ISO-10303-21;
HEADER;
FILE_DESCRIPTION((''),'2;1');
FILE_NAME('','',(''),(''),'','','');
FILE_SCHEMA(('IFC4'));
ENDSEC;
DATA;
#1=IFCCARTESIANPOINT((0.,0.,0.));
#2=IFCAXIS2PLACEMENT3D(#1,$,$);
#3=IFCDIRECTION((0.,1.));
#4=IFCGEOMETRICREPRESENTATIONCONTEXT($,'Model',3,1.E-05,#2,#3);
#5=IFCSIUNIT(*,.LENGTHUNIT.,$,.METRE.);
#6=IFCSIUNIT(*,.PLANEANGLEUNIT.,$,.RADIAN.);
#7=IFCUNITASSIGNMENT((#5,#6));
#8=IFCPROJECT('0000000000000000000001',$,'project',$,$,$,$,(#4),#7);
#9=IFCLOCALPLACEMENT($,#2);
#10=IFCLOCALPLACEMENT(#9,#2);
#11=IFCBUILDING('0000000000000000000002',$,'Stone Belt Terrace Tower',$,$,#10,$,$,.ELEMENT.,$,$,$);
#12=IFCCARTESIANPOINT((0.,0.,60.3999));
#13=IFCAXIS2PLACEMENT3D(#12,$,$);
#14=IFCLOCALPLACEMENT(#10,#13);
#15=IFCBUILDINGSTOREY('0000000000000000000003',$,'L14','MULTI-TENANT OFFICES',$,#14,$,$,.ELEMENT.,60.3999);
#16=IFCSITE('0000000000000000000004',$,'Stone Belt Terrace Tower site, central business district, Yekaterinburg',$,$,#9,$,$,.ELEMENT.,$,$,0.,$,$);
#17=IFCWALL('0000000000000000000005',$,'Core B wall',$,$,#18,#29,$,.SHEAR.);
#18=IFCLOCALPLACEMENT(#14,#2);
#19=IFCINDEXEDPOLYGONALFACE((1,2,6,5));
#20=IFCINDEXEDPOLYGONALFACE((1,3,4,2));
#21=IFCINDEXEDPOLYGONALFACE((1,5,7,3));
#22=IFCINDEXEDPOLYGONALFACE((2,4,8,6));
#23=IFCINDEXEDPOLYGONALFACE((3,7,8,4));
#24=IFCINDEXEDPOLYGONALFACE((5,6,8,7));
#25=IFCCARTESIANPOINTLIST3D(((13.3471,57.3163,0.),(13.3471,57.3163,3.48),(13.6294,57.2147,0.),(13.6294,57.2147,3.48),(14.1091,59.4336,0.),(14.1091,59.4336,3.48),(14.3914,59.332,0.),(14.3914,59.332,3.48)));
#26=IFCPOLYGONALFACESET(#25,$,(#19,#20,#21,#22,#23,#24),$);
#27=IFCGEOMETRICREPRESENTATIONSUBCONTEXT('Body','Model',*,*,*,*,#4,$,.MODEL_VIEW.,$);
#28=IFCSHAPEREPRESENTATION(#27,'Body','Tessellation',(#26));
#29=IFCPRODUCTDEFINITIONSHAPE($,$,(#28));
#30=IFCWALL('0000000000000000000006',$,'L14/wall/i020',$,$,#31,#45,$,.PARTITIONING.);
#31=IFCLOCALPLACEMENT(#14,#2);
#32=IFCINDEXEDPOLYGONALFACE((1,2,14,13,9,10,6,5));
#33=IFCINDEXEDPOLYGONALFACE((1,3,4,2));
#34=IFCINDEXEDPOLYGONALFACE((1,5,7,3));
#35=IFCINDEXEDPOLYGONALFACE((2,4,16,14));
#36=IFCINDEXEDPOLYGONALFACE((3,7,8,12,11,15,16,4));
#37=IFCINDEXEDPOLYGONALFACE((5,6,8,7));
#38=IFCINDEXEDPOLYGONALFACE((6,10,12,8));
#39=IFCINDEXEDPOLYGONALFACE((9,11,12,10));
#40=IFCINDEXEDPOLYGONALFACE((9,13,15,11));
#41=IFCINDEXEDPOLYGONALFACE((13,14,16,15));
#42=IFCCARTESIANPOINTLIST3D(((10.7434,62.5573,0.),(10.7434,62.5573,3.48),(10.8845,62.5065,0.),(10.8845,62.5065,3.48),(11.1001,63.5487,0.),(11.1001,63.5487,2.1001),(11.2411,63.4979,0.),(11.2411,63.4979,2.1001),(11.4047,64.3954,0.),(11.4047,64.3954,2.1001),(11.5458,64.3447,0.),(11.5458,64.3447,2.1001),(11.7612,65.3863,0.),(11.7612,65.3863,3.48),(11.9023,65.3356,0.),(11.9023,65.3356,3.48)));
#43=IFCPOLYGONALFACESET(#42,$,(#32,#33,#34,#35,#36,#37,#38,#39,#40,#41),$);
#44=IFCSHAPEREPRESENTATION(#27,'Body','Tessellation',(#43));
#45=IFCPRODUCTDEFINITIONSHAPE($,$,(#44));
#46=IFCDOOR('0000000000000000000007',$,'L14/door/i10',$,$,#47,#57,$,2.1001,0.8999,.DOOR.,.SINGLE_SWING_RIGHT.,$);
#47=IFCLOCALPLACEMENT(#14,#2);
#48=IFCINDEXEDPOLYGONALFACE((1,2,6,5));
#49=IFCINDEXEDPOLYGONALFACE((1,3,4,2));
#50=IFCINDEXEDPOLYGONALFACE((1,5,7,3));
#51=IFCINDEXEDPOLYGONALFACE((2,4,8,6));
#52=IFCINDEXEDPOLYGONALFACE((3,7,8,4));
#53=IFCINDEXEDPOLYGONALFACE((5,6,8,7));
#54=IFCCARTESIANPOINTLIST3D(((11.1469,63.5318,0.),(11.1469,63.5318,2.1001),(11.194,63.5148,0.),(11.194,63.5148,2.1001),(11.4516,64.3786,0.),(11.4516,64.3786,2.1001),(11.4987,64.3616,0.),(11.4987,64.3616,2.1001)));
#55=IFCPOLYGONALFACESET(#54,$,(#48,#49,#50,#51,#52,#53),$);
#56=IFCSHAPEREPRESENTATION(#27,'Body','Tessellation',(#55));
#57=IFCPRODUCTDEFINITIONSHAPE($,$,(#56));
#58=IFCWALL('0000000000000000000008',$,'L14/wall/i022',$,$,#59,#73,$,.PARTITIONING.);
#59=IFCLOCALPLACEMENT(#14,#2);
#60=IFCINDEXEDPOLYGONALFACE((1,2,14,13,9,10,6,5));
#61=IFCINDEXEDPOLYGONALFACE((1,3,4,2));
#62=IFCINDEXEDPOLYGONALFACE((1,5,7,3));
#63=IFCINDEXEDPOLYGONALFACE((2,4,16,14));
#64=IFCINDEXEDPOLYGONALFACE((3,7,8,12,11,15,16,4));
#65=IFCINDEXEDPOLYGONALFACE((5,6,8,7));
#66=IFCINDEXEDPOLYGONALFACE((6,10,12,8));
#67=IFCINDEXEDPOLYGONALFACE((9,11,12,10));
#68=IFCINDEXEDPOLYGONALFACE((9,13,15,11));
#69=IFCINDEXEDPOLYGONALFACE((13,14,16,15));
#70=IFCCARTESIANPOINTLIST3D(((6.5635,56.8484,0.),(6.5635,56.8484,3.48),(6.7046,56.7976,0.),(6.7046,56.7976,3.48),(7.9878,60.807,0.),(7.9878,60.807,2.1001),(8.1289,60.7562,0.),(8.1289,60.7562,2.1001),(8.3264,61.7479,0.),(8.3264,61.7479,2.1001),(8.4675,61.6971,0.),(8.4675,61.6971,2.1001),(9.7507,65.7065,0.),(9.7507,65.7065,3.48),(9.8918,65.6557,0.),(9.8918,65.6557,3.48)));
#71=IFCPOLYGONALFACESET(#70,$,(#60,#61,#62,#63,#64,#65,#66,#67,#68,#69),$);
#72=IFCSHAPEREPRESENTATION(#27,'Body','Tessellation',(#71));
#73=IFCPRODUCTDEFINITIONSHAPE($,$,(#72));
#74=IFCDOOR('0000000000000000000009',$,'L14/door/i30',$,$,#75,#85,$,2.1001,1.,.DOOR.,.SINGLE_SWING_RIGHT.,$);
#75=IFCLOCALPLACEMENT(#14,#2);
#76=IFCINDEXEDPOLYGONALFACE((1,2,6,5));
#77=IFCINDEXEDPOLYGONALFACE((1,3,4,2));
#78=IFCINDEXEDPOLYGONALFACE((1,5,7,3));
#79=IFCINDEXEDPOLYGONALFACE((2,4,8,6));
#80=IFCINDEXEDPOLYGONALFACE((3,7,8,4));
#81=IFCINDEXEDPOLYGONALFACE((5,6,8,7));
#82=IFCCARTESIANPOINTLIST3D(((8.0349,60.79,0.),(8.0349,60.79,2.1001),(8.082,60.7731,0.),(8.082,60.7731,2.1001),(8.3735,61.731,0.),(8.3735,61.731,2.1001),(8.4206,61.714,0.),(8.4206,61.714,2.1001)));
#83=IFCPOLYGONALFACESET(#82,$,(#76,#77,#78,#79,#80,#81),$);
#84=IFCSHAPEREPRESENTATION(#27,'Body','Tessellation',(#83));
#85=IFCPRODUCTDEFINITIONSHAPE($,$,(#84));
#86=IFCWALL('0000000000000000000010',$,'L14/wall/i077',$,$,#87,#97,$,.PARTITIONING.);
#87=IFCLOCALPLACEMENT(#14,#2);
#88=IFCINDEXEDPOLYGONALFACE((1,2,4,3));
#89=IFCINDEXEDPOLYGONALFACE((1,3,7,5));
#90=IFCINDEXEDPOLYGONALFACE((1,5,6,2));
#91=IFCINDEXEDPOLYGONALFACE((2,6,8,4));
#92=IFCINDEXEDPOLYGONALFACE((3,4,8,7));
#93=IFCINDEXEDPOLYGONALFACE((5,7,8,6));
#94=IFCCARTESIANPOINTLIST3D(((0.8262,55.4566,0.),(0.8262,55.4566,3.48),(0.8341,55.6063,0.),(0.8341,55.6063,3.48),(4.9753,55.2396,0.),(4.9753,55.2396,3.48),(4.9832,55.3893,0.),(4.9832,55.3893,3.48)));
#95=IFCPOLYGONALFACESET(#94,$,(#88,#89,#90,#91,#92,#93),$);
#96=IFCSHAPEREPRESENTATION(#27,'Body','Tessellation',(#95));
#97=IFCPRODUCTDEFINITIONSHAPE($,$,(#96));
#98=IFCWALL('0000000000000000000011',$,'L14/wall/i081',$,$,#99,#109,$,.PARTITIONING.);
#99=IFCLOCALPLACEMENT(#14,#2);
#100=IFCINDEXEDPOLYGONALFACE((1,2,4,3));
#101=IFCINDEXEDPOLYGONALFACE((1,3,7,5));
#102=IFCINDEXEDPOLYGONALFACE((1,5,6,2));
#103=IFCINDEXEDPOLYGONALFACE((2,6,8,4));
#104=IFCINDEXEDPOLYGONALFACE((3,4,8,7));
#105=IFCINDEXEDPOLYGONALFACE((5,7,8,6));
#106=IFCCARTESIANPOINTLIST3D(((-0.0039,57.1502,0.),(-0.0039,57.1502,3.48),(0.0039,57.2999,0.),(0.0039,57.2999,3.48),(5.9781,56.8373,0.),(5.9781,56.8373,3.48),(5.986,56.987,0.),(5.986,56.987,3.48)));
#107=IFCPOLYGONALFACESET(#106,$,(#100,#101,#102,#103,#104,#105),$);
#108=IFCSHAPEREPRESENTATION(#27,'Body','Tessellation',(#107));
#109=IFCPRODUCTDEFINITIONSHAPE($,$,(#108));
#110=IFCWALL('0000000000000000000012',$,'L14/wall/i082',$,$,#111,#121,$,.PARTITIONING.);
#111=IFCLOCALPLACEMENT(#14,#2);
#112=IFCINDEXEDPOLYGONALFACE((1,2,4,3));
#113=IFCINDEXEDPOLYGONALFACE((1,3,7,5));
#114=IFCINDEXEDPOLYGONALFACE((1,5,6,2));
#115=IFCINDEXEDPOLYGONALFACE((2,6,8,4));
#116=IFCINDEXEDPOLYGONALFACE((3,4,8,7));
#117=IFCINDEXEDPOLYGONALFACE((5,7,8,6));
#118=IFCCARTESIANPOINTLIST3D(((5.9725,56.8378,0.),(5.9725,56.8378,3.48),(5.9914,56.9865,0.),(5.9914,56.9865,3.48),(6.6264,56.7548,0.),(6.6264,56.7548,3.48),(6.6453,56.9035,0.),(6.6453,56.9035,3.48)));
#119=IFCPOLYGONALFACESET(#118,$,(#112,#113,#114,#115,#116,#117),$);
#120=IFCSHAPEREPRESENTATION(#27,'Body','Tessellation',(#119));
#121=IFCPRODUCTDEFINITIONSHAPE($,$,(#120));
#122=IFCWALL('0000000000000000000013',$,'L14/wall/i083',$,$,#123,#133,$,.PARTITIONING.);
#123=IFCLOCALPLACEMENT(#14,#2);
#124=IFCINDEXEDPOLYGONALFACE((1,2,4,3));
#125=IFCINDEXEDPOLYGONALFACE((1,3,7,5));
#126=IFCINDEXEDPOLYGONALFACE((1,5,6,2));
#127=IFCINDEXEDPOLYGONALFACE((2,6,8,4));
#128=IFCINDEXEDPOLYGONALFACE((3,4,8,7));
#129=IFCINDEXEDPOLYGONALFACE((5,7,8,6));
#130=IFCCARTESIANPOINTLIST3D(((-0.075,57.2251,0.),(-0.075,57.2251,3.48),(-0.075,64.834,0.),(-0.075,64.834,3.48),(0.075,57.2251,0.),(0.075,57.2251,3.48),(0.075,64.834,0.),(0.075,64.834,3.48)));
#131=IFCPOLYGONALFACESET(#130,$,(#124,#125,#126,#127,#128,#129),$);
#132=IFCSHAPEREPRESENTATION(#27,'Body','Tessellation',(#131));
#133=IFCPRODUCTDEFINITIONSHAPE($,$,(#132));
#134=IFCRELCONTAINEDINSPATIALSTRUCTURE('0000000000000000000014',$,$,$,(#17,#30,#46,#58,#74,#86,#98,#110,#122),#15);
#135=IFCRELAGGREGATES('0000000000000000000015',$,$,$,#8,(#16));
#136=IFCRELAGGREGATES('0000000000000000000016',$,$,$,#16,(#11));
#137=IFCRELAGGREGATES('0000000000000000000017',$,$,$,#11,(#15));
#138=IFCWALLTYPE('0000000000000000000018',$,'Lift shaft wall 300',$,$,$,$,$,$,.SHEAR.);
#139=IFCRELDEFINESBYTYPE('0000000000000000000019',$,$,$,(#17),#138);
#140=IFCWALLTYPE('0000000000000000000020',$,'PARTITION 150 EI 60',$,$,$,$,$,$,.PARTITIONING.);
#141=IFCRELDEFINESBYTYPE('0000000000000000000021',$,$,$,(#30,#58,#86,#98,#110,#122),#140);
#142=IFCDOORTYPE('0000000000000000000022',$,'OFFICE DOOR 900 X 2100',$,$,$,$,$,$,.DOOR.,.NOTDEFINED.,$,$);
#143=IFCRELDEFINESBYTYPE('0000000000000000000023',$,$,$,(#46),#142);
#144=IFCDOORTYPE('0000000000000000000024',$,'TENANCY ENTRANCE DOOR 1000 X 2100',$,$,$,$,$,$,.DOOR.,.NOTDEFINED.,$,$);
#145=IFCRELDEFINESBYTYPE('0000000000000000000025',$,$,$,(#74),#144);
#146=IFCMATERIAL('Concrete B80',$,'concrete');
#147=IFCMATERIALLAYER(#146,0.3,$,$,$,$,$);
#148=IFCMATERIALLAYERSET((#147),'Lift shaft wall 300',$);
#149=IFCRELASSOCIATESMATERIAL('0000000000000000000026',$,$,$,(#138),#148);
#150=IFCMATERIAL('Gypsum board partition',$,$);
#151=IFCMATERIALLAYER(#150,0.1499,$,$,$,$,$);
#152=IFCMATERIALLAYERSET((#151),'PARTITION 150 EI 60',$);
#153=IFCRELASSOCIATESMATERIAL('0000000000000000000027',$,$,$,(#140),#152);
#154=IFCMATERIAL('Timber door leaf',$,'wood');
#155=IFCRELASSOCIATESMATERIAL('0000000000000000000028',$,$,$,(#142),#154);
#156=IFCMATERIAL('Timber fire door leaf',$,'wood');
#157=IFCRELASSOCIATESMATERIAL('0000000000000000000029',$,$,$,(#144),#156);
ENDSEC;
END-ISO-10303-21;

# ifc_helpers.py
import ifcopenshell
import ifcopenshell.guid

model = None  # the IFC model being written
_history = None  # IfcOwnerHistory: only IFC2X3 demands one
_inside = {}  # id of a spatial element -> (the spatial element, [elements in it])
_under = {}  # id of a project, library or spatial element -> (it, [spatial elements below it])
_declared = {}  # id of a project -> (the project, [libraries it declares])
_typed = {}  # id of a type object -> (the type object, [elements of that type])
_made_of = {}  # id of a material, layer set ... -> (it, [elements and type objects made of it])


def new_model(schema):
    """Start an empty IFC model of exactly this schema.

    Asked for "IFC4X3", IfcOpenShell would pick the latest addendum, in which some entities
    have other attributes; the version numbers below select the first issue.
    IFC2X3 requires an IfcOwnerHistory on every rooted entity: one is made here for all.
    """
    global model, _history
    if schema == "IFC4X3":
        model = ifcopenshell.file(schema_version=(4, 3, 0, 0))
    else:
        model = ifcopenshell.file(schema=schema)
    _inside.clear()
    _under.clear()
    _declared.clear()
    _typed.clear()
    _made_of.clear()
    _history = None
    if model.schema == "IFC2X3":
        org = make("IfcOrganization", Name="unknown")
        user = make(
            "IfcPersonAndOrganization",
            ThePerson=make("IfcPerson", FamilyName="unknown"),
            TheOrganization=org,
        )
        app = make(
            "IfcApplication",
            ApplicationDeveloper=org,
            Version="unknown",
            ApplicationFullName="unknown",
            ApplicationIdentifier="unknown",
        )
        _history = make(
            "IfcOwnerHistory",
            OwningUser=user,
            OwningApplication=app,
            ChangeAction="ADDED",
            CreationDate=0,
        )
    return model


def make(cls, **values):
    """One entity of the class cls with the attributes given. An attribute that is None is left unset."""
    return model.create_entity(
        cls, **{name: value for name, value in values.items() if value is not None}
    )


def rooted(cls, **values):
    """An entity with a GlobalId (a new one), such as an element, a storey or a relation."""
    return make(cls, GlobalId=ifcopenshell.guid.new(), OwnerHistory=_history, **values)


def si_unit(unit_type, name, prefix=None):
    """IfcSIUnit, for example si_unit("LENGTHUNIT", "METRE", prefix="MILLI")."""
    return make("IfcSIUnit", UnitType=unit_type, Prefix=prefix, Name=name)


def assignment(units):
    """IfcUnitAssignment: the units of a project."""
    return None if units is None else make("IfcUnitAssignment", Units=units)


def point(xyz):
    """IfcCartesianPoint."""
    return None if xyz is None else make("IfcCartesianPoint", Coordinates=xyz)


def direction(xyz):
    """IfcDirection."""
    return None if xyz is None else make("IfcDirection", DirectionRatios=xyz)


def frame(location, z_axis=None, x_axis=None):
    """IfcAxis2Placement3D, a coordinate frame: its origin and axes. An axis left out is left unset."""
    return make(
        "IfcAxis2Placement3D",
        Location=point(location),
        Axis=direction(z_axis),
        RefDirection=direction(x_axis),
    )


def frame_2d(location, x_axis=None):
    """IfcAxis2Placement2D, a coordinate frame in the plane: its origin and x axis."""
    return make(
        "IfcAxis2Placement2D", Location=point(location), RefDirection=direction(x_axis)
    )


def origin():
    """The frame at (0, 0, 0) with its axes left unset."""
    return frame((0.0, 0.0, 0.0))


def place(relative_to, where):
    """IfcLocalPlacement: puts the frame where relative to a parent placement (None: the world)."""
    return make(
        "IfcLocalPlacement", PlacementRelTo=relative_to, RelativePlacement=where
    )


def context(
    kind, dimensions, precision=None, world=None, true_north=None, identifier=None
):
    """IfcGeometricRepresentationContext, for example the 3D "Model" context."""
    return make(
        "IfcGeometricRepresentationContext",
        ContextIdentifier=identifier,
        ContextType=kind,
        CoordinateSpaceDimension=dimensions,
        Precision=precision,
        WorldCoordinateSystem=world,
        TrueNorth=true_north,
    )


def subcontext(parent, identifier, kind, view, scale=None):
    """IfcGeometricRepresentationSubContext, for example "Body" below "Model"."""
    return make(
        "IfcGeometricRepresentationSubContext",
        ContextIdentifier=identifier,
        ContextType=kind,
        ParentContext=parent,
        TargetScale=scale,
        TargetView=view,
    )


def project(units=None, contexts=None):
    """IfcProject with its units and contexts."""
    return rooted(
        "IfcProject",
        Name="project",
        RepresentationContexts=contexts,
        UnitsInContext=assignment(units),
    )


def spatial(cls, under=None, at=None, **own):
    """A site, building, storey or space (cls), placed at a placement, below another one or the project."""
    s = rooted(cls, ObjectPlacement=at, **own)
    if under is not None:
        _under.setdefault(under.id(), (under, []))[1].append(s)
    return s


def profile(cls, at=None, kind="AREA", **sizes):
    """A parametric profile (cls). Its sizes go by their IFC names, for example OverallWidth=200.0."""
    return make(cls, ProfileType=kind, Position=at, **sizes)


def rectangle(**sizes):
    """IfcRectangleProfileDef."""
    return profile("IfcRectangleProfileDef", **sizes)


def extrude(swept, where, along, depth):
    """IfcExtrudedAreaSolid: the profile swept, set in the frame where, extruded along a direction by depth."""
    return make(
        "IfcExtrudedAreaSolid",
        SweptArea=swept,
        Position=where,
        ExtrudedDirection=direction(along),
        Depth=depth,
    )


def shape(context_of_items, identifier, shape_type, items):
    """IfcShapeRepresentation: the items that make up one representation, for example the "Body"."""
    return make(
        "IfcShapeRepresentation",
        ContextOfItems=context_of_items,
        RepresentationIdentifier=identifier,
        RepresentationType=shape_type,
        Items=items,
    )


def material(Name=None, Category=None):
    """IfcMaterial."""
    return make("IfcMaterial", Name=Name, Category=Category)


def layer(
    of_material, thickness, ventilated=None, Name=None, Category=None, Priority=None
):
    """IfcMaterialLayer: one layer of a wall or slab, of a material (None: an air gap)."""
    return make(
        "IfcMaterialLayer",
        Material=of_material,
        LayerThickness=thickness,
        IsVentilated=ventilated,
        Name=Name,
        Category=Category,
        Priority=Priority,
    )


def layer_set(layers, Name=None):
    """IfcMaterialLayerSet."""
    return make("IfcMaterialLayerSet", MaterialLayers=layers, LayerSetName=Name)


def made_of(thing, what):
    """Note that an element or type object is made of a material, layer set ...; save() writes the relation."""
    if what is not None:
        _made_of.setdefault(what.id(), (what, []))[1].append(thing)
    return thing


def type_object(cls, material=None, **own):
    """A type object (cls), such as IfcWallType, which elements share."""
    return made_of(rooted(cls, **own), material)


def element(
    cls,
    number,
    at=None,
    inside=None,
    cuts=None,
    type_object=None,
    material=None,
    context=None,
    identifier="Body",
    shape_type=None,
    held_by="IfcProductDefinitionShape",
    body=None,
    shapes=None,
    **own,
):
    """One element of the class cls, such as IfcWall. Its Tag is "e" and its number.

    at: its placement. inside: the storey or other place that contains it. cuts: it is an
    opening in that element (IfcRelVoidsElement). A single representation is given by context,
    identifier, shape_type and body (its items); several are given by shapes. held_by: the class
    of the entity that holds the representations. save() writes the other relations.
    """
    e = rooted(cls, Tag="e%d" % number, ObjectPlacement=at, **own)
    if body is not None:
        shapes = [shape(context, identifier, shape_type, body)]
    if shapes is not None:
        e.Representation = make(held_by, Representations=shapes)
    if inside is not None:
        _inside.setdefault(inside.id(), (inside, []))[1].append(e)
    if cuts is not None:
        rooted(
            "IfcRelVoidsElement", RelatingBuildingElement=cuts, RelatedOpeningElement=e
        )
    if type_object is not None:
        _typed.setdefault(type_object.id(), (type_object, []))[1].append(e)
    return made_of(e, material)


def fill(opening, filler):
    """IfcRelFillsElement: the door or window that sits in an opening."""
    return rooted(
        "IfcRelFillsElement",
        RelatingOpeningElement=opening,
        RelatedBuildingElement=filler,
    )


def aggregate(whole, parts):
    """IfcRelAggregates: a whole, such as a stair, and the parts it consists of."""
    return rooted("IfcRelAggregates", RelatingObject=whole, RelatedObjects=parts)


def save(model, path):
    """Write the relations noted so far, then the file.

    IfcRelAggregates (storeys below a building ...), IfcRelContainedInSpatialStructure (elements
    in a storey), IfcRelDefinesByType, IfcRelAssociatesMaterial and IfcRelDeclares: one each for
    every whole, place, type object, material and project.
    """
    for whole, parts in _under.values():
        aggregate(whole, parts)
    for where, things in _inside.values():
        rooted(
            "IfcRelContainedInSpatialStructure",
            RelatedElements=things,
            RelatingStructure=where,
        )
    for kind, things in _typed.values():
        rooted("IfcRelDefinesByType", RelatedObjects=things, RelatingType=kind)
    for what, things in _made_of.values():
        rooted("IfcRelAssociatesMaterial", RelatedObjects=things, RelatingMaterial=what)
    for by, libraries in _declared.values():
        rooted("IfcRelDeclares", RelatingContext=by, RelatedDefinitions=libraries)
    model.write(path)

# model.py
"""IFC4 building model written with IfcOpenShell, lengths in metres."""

from ifc_helpers import new_model, si_unit, direction, frame, frame_2d, origin, place, context, subcontext, project, spatial, rectangle, extrude, material, layer, layer_set, type_object, element, fill, save


model = new_model("IFC4")

# Units and contexts
model_context = context("Model", 3, precision=1e-05, world=origin(), true_north=direction((0.0, 1.0)))
body_context = subcontext(model_context, "Body", "Model", "MODEL_VIEW")
ifc_project = project(units=[si_unit("LENGTHUNIT", "METRE"), si_unit("PLANEANGLEUNIT", "RADIAN")], contexts=[model_context])

# Site, building, storey
site_placement = place(None, origin())
site = spatial("IfcSite", under=ifc_project, at=site_placement, Name="Stone Belt Terrace Tower site, central business district, Yekaterinburg", CompositionType="ELEMENT", RefElevation=0.0)
building_placement = place(site_placement, origin())
building = spatial("IfcBuilding", under=site, at=building_placement, Name="Stone Belt Terrace Tower", CompositionType="ELEMENT")
storey_placement = place(building_placement, frame((0.0, 0.0, 60.3999)))
storey = spatial("IfcBuildingStorey", under=building, at=storey_placement, Name="L14", Description="MULTI-TENANT OFFICES", CompositionType="ELEMENT", Elevation=60.3999)

# Shared definitions
ifc_material_1 = material(Name="Concrete B80", Category="concrete")

# Wall
ifc_layer_1 = layer(ifc_material_1, 0.3)
ifc_layer_set_1 = layer_set([ifc_layer_1], Name="Lift shaft wall 300")
wall_type_1 = type_object("IfcWallType", Name="Lift shaft wall 300", PredefinedType="SHEAR", material=ifc_layer_set_1)
wall_1_placement = place(storey_placement, frame((13.4883, 57.2656, 0.0), z_axis=(0.0, 0.0, 1.0), x_axis=(0.338631, 0.940919, 0.0)))
element("IfcWall", 1, at=wall_1_placement, inside=storey, type_object=wall_type_1, Name="Core B wall", PredefinedType="SHEAR", context=body_context, shape_type="SweptSolid", body=[
    extrude(rectangle(XDim=2.2502, YDim=0.3, at=frame_2d((1.125, 0.0))), origin(), (0.0, 0.0, 1.0), 3.48),
])

# Walls, openings, doors
ifc_material_2 = material(Name="Gypsum board partition")
ifc_layer_2 = layer(ifc_material_2, 0.1499)
ifc_layer_set_2 = layer_set([ifc_layer_2], Name="PARTITION 150 EI 60")
wall_type_2 = type_object("IfcWallType", Name="PARTITION 150 EI 60", PredefinedType="PARTITIONING", material=ifc_layer_set_2)
wall_2_placement = place(storey_placement, frame((11.8318, 65.3611, 0.0), z_axis=(0.0, 0.0, 1.0), x_axis=(-0.338527, -0.940957, 0.0)))
wall_2 = element("IfcWall", 2, at=wall_2_placement, inside=storey, type_object=wall_type_2, Name="L14/wall/i020", PredefinedType="PARTITIONING", context=body_context, shape_type="SweptSolid", body=[
    extrude(rectangle(XDim=3.0066, YDim=0.1499, at=frame_2d((1.5034, 0.0))), origin(), (0.0, 0.0, 1.0), 3.48),
])
opening_1_placement = place(wall_2_placement, frame((1.0532, 0.0, 0.0)))
opening_1 = element("IfcOpeningElement", 3, at=opening_1_placement, cuts=wall_2, PredefinedType="OPENING", context=body_context, shape_type="SweptSolid", body=[
    extrude(rectangle(XDim=0.8999, YDim=2.1001, at=frame_2d((0.45, 1.05))), frame((0.0, 0.085, 0.0), z_axis=(0.0, -1.0, 0.0), x_axis=(1.0, 0.0, 0.0)), (0.0, 0.0, 1.0), 0.1699),
])
ifc_material_3 = material(Name="Timber door leaf", Category="wood")
door_type_1 = type_object("IfcDoorType", Name="OFFICE DOOR 900 X 2100", OperationType="NOTDEFINED", PredefinedType="DOOR", material=ifc_material_3)
door_1_placement = place(opening_1_placement, origin())
door_1 = element("IfcDoor", 4, at=door_1_placement, inside=storey, type_object=door_type_1, Name="L14/door/i10", OperationType="SINGLE_SWING_RIGHT", OverallHeight=2.1001, OverallWidth=0.8999, PredefinedType="DOOR", context=body_context, shape_type="SweptSolid", body=[
    extrude(rectangle(XDim=0.8999, YDim=2.1001, at=frame_2d((0.45, 1.05))), frame((0.0, 0.0249, 0.0), z_axis=(0.0, -1.0, 0.0), x_axis=(1.0, 0.0, 0.0)), (0.0, 0.0, 1.0), 0.05),
])
fill(opening_1, door_1)
wall_3_placement = place(storey_placement, frame((6.634, 56.823, 0.0), z_axis=(0.0, 0.0, 1.0), x_axis=(0.338562, 0.940944, 0.0)))
wall_3 = element("IfcWall", 5, at=wall_3_placement, inside=storey, type_object=wall_type_2, Name="L14/wall/i022", PredefinedType="PARTITIONING", context=body_context, shape_type="SweptSolid", body=[
    extrude(rectangle(XDim=9.4141, YDim=0.1499, at=frame_2d((4.707, 0.0))), origin(), (0.0, 0.0, 1.0), 3.48),
])
opening_2_placement = place(wall_3_placement, frame((4.207, 0.0, 0.0)))
opening_2 = element("IfcOpeningElement", 6, at=opening_2_placement, cuts=wall_3, PredefinedType="OPENING", context=body_context, shape_type="SweptSolid", body=[
    extrude(rectangle(XDim=1.0, YDim=2.1001, at=frame_2d((0.5, 1.05))), frame((0.0, 0.085, 0.0), z_axis=(0.0, -1.0, 0.0), x_axis=(1.0, 0.0, 0.0)), (0.0, 0.0, 1.0), 0.1699),
])
ifc_material_4 = material(Name="Timber fire door leaf", Category="wood")
door_type_2 = type_object("IfcDoorType", Name="TENANCY ENTRANCE DOOR 1000 X 2100", OperationType="NOTDEFINED", PredefinedType="DOOR", material=ifc_material_4)
door_2_placement = place(opening_2_placement, origin())
door_2 = element("IfcDoor", 7, at=door_2_placement, inside=storey, type_object=door_type_2, Name="L14/door/i30", OperationType="SINGLE_SWING_RIGHT", OverallHeight=2.1001, OverallWidth=1.0, PredefinedType="DOOR", context=body_context, shape_type="SweptSolid", body=[
    extrude(rectangle(XDim=1.0, YDim=2.1001, at=frame_2d((0.5, 1.05))), frame((0.0, 0.0249, 0.0), z_axis=(0.0, -1.0, 0.0), x_axis=(1.0, 0.0, 0.0)), (0.0, 0.0, 1.0), 0.05),
])
fill(opening_2, door_2)

# Walls
wall_4_placement = place(storey_placement, frame((4.9792, 55.3145, 0.0), z_axis=(0.0, 0.0, 1.0), x_axis=(-0.998635, 0.052238, 0.0)))
element("IfcWall", 8, at=wall_4_placement, inside=storey, type_object=wall_type_2, Name="L14/wall/i077", PredefinedType="PARTITIONING", context=body_context, shape_type="SweptSolid", body=[
    extrude(rectangle(XDim=4.1548, YDim=0.1499, at=frame_2d((2.0774, 0.0))), origin(), (0.0, 0.0, 1.0), 3.48),
])
wall_5_placement = place(storey_placement, frame((0.0, 57.2251, 0.0), z_axis=(0.0, 0.0, 1.0), x_axis=(0.998634, -0.052251, 0.0)))
element("IfcWall", 9, at=wall_5_placement, inside=storey, type_object=wall_type_2, Name="L14/wall/i081", PredefinedType="PARTITIONING", context=body_context, shape_type="SweptSolid", body=[
    extrude(rectangle(XDim=5.9902, YDim=0.1499, at=frame_2d((2.9951, 0.0))), origin(), (0.0, 0.0, 1.0), 3.48),
])
wall_6_placement = place(storey_placement, frame((5.9819, 56.9121, 0.0), z_axis=(0.0, 0.0, 1.0), x_axis=(0.992043, -0.125903, 0.0)))
element("IfcWall", 10, at=wall_6_placement, inside=storey, type_object=wall_type_2, Name="L14/wall/i082", PredefinedType="PARTITIONING", context=body_context, shape_type="SweptSolid", body=[
    extrude(rectangle(XDim=0.6592, YDim=0.1499, at=frame_2d((0.3296, 0.0))), origin(), (0.0, 0.0, 1.0), 3.48),
])
wall_7_placement = place(storey_placement, frame((0.0, 64.834, 0.0), z_axis=(0.0, 0.0, 1.0), x_axis=(0.0, -1.0, 0.0)))
element("IfcWall", 11, at=wall_7_placement, inside=storey, type_object=wall_type_2, Name="L14/wall/i083", PredefinedType="PARTITIONING", context=body_context, shape_type="SweptSolid", body=[
    extrude(rectangle(XDim=7.6089, YDim=0.1499, at=frame_2d((3.8044, 0.0))), origin(), (0.0, 0.0, 1.0), 3.48),
])

save(model, "model.ifc")
